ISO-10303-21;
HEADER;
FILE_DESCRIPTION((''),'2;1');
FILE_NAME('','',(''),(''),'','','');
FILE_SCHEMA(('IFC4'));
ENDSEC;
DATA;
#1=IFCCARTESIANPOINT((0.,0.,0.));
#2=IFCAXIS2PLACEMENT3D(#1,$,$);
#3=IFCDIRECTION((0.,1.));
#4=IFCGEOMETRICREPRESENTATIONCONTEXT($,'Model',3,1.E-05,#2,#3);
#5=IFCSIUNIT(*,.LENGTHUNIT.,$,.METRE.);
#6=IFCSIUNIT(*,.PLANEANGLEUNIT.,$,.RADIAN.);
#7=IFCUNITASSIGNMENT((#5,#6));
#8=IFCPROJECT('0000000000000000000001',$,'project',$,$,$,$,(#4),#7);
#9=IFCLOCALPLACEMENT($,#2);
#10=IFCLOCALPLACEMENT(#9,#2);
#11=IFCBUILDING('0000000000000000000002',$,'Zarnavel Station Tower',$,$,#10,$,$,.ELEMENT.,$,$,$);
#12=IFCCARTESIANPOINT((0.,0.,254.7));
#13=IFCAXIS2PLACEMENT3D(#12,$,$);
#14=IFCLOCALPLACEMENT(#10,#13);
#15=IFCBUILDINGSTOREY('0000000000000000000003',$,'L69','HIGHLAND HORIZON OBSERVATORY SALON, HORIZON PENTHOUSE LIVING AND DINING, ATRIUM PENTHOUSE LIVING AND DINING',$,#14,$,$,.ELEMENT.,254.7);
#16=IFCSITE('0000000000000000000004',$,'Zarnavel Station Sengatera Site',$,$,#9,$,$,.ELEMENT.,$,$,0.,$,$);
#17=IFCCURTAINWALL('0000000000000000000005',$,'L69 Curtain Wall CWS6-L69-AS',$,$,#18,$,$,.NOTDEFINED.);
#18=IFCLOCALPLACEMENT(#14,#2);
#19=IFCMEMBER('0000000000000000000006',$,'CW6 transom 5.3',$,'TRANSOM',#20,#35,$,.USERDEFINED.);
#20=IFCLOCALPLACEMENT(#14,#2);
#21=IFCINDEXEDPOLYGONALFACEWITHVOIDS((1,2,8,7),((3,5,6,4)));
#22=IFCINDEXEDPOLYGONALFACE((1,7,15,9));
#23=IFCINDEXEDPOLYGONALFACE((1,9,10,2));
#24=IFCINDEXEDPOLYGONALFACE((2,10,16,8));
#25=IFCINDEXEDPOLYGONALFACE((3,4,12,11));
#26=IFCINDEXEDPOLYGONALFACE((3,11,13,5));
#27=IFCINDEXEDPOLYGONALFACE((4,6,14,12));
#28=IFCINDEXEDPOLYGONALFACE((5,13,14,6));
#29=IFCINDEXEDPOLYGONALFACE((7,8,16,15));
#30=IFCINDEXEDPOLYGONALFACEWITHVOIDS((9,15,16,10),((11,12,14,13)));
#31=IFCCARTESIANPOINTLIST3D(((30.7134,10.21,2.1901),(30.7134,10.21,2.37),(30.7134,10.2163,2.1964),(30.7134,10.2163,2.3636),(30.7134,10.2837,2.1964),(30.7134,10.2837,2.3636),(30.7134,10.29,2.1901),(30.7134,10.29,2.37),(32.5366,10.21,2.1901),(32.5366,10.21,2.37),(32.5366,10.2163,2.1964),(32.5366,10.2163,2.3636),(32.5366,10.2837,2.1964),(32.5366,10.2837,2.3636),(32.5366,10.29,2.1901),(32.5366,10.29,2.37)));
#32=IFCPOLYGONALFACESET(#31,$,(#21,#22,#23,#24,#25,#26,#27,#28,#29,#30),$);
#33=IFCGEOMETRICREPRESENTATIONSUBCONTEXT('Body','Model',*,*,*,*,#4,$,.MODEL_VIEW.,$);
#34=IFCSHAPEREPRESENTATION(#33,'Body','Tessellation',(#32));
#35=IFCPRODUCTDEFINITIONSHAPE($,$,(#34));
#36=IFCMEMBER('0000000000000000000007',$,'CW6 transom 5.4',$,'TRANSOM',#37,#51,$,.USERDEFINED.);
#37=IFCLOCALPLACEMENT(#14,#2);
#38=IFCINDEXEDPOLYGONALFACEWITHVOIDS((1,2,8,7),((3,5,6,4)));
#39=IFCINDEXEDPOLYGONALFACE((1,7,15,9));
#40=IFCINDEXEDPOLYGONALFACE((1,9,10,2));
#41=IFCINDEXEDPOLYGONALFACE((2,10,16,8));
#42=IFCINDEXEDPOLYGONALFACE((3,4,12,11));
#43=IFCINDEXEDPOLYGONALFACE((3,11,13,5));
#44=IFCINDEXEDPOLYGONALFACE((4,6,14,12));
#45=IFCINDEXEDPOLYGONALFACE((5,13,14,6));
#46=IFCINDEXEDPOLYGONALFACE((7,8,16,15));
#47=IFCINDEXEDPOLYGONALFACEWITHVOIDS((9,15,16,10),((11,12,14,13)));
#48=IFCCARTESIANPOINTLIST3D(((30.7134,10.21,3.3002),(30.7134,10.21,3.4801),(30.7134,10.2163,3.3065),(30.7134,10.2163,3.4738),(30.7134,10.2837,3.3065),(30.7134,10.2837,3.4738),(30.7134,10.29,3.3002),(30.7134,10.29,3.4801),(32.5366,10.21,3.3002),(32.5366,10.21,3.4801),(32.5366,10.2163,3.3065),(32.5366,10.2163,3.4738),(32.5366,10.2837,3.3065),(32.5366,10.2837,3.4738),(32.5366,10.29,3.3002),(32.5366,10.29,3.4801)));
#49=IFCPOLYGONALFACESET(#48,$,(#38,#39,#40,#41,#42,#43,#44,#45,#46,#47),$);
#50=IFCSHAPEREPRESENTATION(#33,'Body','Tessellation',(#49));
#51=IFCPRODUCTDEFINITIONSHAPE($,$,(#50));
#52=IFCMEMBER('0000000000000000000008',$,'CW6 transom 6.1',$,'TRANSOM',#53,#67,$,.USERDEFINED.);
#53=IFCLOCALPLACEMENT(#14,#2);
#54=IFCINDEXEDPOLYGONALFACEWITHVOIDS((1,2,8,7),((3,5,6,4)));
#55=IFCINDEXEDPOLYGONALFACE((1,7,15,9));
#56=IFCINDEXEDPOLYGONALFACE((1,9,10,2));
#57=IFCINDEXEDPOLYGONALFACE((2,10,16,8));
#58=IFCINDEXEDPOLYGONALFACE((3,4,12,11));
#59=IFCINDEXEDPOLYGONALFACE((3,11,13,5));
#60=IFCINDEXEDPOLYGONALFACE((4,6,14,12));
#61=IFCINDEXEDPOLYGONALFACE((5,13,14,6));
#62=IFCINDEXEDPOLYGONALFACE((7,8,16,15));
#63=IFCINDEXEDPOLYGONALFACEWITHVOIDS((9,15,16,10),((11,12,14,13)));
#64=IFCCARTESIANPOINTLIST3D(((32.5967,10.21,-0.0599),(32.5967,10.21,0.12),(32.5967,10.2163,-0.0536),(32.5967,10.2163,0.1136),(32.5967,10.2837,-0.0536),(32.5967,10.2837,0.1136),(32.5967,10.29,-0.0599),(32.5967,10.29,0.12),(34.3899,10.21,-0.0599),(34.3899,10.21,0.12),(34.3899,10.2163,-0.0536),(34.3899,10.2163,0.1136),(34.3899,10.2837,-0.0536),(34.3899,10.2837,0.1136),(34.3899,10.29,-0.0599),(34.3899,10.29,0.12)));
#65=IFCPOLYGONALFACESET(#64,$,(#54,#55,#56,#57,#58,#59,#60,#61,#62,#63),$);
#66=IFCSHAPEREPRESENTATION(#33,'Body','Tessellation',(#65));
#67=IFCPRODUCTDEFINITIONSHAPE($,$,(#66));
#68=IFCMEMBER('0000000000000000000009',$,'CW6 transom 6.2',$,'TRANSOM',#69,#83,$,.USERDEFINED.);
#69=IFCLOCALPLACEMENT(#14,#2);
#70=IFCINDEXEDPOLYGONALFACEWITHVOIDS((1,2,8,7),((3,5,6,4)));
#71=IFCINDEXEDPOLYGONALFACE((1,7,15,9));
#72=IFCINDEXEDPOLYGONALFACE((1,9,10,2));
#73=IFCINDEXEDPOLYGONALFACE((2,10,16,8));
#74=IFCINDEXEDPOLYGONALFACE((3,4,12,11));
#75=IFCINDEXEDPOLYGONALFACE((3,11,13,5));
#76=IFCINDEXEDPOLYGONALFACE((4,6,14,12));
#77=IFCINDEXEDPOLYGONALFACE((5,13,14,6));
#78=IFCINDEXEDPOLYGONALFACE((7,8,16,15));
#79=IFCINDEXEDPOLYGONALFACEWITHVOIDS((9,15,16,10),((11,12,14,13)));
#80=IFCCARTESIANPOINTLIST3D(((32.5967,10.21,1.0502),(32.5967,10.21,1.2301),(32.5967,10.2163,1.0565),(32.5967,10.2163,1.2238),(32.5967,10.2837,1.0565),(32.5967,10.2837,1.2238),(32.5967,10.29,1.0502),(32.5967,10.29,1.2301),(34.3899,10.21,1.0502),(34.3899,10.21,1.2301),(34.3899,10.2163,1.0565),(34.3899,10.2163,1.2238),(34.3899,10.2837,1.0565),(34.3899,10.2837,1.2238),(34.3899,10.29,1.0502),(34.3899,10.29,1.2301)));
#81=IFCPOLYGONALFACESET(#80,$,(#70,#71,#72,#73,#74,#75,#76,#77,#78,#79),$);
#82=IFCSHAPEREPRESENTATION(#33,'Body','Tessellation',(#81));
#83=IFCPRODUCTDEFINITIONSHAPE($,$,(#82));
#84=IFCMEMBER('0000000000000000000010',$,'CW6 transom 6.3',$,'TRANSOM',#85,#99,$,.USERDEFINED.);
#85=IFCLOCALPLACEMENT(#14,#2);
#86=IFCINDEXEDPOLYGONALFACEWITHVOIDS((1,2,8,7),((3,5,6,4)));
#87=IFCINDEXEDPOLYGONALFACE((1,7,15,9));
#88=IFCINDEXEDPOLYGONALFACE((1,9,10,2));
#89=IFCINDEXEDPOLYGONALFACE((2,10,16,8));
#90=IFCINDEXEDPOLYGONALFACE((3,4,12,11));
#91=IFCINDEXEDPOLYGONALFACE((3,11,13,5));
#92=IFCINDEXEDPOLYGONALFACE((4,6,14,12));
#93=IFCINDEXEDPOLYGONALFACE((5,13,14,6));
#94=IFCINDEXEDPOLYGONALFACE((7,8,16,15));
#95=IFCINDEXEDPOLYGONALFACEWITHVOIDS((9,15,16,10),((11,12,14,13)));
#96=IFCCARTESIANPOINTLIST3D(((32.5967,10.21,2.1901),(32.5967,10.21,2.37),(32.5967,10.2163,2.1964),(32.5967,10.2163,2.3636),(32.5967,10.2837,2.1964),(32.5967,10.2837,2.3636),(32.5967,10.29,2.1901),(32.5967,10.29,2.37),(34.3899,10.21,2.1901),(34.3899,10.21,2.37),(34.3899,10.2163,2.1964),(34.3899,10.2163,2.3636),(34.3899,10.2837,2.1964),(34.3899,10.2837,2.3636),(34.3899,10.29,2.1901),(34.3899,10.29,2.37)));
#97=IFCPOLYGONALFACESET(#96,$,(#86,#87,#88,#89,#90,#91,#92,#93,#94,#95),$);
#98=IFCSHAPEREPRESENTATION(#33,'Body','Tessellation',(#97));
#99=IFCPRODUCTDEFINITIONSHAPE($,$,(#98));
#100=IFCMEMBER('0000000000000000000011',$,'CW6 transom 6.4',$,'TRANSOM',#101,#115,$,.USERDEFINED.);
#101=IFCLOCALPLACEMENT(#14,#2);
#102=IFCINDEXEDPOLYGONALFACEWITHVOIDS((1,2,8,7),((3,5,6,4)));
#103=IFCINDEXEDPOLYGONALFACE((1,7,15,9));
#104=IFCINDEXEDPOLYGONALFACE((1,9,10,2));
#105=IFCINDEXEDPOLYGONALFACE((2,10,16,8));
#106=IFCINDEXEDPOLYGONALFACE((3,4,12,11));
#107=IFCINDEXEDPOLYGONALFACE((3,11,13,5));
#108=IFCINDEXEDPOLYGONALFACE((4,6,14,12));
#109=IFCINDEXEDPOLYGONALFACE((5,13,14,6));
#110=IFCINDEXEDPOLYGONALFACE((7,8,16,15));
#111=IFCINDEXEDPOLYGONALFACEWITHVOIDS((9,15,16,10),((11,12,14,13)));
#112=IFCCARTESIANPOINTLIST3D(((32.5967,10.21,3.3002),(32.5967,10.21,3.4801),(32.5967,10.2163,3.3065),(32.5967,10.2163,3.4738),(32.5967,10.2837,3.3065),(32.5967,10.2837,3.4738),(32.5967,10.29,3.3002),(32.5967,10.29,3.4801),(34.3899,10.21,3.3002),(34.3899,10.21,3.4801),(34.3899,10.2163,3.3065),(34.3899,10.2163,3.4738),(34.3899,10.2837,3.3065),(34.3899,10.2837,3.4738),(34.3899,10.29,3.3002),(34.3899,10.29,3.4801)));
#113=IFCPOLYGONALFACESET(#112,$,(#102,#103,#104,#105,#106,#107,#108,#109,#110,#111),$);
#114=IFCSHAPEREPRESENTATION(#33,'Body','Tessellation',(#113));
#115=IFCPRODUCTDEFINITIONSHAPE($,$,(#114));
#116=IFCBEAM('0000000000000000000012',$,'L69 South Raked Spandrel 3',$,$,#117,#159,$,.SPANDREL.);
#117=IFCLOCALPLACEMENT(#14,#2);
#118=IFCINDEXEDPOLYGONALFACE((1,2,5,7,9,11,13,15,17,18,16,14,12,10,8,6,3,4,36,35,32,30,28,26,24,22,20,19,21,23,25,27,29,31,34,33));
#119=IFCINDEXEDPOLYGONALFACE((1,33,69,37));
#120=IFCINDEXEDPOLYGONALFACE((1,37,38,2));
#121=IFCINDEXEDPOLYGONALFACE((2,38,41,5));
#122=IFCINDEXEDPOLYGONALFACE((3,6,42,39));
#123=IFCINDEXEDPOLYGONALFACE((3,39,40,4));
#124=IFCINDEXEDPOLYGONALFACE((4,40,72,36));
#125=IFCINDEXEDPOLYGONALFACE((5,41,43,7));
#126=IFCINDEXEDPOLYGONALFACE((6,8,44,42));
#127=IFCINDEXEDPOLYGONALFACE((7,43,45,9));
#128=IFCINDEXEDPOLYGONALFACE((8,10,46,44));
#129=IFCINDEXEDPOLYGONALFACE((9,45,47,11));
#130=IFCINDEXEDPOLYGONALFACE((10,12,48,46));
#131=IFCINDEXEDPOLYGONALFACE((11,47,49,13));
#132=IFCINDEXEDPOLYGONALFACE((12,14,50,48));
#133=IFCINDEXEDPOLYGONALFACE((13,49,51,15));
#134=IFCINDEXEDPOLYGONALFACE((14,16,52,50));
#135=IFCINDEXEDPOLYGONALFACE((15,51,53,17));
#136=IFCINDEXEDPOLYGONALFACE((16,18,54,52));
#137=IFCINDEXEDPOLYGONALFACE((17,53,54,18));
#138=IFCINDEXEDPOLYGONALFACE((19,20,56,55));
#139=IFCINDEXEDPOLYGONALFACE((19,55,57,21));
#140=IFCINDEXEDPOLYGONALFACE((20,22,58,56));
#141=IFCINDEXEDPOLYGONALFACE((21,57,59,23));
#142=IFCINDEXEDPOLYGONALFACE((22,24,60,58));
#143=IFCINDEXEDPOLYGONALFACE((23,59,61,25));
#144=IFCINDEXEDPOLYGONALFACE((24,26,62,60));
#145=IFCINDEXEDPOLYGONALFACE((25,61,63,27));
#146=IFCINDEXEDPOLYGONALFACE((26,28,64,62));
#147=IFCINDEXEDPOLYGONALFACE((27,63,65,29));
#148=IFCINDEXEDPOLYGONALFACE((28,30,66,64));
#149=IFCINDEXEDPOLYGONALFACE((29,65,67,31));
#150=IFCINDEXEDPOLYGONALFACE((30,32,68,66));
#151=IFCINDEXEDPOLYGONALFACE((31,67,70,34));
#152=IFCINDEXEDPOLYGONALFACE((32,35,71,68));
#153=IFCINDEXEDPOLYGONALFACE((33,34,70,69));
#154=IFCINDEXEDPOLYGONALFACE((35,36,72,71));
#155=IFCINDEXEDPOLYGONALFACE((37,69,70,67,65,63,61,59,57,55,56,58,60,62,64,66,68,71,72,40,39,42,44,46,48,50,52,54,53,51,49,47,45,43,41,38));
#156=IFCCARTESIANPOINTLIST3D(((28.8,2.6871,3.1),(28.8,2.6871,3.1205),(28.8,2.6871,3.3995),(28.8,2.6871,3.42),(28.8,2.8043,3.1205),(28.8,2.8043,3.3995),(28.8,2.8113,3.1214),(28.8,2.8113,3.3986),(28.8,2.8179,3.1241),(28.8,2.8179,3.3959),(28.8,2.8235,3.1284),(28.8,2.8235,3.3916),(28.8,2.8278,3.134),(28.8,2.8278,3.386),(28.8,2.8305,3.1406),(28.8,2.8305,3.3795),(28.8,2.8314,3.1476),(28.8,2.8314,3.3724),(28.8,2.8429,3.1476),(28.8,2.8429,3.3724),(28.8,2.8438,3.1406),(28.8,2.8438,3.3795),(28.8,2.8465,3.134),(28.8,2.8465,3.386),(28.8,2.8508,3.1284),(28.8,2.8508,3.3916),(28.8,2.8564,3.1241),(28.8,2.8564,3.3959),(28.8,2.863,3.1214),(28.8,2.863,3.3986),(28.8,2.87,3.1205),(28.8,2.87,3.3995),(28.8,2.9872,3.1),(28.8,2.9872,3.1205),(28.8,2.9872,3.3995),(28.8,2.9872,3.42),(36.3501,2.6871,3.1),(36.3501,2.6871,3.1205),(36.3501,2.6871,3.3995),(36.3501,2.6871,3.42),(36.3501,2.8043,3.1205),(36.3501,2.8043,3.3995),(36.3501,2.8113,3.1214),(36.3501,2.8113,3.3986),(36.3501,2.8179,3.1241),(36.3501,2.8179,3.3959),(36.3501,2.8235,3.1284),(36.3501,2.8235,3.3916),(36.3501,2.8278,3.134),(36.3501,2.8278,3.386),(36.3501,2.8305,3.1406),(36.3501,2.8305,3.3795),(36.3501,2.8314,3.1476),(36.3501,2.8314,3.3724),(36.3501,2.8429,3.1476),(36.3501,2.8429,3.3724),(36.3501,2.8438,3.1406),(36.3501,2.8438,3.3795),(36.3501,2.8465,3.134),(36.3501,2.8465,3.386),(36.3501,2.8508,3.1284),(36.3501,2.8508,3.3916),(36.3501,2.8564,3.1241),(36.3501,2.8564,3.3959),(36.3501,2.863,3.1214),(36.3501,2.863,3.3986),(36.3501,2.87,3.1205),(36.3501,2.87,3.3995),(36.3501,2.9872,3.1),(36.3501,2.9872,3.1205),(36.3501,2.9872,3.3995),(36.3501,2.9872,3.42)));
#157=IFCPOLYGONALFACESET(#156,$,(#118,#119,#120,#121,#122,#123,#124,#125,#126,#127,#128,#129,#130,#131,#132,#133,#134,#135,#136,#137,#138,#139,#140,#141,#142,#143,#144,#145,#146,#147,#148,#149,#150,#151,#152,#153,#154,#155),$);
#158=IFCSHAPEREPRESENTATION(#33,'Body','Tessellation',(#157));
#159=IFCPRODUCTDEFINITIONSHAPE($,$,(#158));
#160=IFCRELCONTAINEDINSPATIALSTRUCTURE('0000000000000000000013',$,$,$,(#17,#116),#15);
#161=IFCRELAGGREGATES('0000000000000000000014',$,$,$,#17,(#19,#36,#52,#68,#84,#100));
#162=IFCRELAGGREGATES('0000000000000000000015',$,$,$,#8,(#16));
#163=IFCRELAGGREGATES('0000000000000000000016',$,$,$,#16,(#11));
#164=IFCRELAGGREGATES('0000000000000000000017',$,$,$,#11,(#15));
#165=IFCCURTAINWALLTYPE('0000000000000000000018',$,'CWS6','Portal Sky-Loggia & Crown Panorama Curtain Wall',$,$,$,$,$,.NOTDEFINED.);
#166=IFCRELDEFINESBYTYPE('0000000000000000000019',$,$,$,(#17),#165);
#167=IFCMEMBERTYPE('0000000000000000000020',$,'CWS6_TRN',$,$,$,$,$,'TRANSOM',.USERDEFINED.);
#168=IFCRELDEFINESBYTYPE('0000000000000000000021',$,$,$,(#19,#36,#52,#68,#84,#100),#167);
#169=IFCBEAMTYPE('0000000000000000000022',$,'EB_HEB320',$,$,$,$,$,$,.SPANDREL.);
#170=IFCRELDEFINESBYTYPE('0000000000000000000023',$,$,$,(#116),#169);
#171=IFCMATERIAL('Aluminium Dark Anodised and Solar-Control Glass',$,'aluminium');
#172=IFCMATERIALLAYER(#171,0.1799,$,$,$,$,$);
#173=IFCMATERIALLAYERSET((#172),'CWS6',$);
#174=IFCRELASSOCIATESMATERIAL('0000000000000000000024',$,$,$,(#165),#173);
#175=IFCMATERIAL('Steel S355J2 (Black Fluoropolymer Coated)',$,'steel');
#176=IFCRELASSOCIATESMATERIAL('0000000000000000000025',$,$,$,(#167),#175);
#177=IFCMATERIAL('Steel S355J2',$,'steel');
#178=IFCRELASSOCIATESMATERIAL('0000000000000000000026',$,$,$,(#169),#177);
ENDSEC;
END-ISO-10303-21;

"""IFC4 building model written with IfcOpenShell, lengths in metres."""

from ifc_helpers import new_model, si_unit, direction, frame, origin, origin_2d, place, context, subcontext, project, spatial, hollow_rectangle, i_section, extrude, material, layer, layer_set, material_profile, profile_set, type_object, element, aggregate, save


model = new_model("IFC4")

# Units and contexts
model_context = context("Model", 3, precision=1e-05, world=origin(), true_north=direction((0.0, 1.0)))
body_context = subcontext(model_context, "Body", "Model", "MODEL_VIEW")
ifc_project = project(units=[si_unit("LENGTHUNIT", "METRE"), si_unit("PLANEANGLEUNIT", "RADIAN")], contexts=[model_context])

# Site, building, storey
site_placement = place(None, origin())
site = spatial("IfcSite", under=ifc_project, at=site_placement, Name="Zarnavel Station Sengatera Site", CompositionType="ELEMENT", RefElevation=0.0)
building_placement = place(site_placement, origin())
building = spatial("IfcBuilding", under=site, at=building_placement, Name="Zarnavel Station Tower", CompositionType="ELEMENT")
storey_placement = place(building_placement, frame((0.0, 0.0, 254.7)))
storey = spatial("IfcBuildingStorey", under=building, at=storey_placement, Name="L69", Description="HIGHLAND HORIZON OBSERVATORY SALON, HORIZON PENTHOUSE LIVING AND DINING, ATRIUM PENTHOUSE LIVING AND DINING", CompositionType="ELEMENT", Elevation=254.7)

# Curtain wall, members
ifc_material_1 = material(Name="Aluminium Dark Anodised and Solar-Control Glass", Category="aluminium")
ifc_layer_1 = layer(ifc_material_1, 0.1799)
ifc_layer_set_1 = layer_set([ifc_layer_1], Name="CWS6")
curtain_wall_type = type_object("IfcCurtainWallType", Name="CWS6", Description="Portal Sky-Loggia & Crown Panorama Curtain Wall", PredefinedType="NOTDEFINED", material=ifc_layer_set_1)
curtain_wall_placement = place(storey_placement, origin())
curtain_wall = element("IfcCurtainWall", 1, at=curtain_wall_placement, inside=storey, type_object=curtain_wall_type, Name="L69 Curtain Wall CWS6-L69-AS", PredefinedType="NOTDEFINED")
ifc_material_2 = material(Name="Steel S355J2 (Black Fluoropolymer Coated)", Category="steel")
ifc_material_profile_1 = material_profile(ifc_material_2, hollow_rectangle(XDim=0.0801, YDim=0.1799, WallThickness=0.0063, at=origin_2d()), Name="RHS180x80x6.3")
ifc_profile_set_1 = profile_set([ifc_material_profile_1], Name="Steel S355J2 (Black Fluoropolymer Coated)")
member_type_1 = type_object("IfcMemberType", Name="CWS6_TRN", ElementType="TRANSOM", PredefinedType="USERDEFINED", material=ifc_profile_set_1)
member_1_placement = place(storey_placement, frame((30.7134, 10.25, 2.28), z_axis=(1.0, 0.0, 0.0), x_axis=(0.0, 1.0, 0.0)))
member_1 = element("IfcMember", 2, at=member_1_placement, type_object=member_type_1, Name="CW6 transom 5.3", ObjectType="TRANSOM", PredefinedType="USERDEFINED", context=body_context, shape_type="SweptSolid", body=[
    extrude(hollow_rectangle(XDim=0.0801, YDim=0.1799, WallThickness=0.0063, at=origin_2d()), origin(), (0.0, 0.0, 1.0), 1.8232),
])
member_2_placement = place(storey_placement, frame((30.7134, 10.25, 3.3901), z_axis=(1.0, 0.0, 0.0), x_axis=(0.0, 1.0, 0.0)))
member_2 = element("IfcMember", 3, at=member_2_placement, type_object=member_type_1, Name="CW6 transom 5.4", ObjectType="TRANSOM", PredefinedType="USERDEFINED", context=body_context, shape_type="SweptSolid", body=[
    extrude(hollow_rectangle(XDim=0.0801, YDim=0.1799, WallThickness=0.0063, at=origin_2d()), origin(), (0.0, 0.0, 1.0), 1.8232),
])
member_3_placement = place(storey_placement, frame((32.5967, 10.25, 0.03), z_axis=(1.0, 0.0, 0.0), x_axis=(0.0, 1.0, 0.0)))
member_3 = element("IfcMember", 4, at=member_3_placement, type_object=member_type_1, Name="CW6 transom 6.1", ObjectType="TRANSOM", PredefinedType="USERDEFINED", context=body_context, shape_type="SweptSolid", body=[
    extrude(hollow_rectangle(XDim=0.0801, YDim=0.1799, WallThickness=0.0063, at=origin_2d()), origin(), (0.0, 0.0, 1.0), 1.7932),
])
member_4_placement = place(storey_placement, frame((32.5967, 10.25, 1.1401), z_axis=(1.0, 0.0, 0.0), x_axis=(0.0, 1.0, 0.0)))
member_4 = element("IfcMember", 5, at=member_4_placement, type_object=member_type_1, Name="CW6 transom 6.2", ObjectType="TRANSOM", PredefinedType="USERDEFINED", context=body_context, shape_type="SweptSolid", body=[
    extrude(hollow_rectangle(XDim=0.0801, YDim=0.1799, WallThickness=0.0063, at=origin_2d()), origin(), (0.0, 0.0, 1.0), 1.7932),
])
member_5_placement = place(storey_placement, frame((32.5967, 10.25, 2.28), z_axis=(1.0, 0.0, 0.0), x_axis=(0.0, 1.0, 0.0)))
member_5 = element("IfcMember", 6, at=member_5_placement, type_object=member_type_1, Name="CW6 transom 6.3", ObjectType="TRANSOM", PredefinedType="USERDEFINED", context=body_context, shape_type="SweptSolid", body=[
    extrude(hollow_rectangle(XDim=0.0801, YDim=0.1799, WallThickness=0.0063, at=origin_2d()), origin(), (0.0, 0.0, 1.0), 1.7932),
])
member_6_placement = place(storey_placement, frame((32.5967, 10.25, 3.3901), z_axis=(1.0, 0.0, 0.0), x_axis=(0.0, 1.0, 0.0)))
member_6 = element("IfcMember", 7, at=member_6_placement, type_object=member_type_1, Name="CW6 transom 6.4", ObjectType="TRANSOM", PredefinedType="USERDEFINED", context=body_context, shape_type="SweptSolid", body=[
    extrude(hollow_rectangle(XDim=0.0801, YDim=0.1799, WallThickness=0.0063, at=origin_2d()), origin(), (0.0, 0.0, 1.0), 1.7932),
])

# Beam
ifc_material_3 = material(Name="Steel S355J2", Category="steel")
ifc_material_profile_2 = material_profile(ifc_material_3, i_section(OverallWidth=0.3, OverallDepth=0.3201, WebThickness=0.0115, FlangeThickness=0.0205, FilletRadius=0.0271, at=origin_2d()), Name="HEB320")
ifc_profile_set_2 = profile_set([ifc_material_profile_2], Name="Steel S355J2")
beam_type_1 = type_object("IfcBeamType", Name="EB_HEB320", PredefinedType="SPANDREL", material=ifc_profile_set_2)
beam_1_placement = place(storey_placement, frame((28.8, 2.8372, 3.26), z_axis=(1.0, 0.0, 0.0), x_axis=(0.0, 1.0, 0.0)))
element("IfcBeam", 8, at=beam_1_placement, inside=storey, type_object=beam_type_1, Name="L69 South Raked Spandrel 3", PredefinedType="SPANDREL", context=body_context, shape_type="SweptSolid", body=[
    extrude(i_section(OverallWidth=0.3, OverallDepth=0.3201, WebThickness=0.0115, FlangeThickness=0.0205, FilletRadius=0.0271, at=origin_2d()), origin(), (0.0, 0.0, 1.0), 7.55),
])

aggregate(curtain_wall, [member_1, member_2, member_3, member_4, member_5, member_6])

save(model, "model.ifc")
